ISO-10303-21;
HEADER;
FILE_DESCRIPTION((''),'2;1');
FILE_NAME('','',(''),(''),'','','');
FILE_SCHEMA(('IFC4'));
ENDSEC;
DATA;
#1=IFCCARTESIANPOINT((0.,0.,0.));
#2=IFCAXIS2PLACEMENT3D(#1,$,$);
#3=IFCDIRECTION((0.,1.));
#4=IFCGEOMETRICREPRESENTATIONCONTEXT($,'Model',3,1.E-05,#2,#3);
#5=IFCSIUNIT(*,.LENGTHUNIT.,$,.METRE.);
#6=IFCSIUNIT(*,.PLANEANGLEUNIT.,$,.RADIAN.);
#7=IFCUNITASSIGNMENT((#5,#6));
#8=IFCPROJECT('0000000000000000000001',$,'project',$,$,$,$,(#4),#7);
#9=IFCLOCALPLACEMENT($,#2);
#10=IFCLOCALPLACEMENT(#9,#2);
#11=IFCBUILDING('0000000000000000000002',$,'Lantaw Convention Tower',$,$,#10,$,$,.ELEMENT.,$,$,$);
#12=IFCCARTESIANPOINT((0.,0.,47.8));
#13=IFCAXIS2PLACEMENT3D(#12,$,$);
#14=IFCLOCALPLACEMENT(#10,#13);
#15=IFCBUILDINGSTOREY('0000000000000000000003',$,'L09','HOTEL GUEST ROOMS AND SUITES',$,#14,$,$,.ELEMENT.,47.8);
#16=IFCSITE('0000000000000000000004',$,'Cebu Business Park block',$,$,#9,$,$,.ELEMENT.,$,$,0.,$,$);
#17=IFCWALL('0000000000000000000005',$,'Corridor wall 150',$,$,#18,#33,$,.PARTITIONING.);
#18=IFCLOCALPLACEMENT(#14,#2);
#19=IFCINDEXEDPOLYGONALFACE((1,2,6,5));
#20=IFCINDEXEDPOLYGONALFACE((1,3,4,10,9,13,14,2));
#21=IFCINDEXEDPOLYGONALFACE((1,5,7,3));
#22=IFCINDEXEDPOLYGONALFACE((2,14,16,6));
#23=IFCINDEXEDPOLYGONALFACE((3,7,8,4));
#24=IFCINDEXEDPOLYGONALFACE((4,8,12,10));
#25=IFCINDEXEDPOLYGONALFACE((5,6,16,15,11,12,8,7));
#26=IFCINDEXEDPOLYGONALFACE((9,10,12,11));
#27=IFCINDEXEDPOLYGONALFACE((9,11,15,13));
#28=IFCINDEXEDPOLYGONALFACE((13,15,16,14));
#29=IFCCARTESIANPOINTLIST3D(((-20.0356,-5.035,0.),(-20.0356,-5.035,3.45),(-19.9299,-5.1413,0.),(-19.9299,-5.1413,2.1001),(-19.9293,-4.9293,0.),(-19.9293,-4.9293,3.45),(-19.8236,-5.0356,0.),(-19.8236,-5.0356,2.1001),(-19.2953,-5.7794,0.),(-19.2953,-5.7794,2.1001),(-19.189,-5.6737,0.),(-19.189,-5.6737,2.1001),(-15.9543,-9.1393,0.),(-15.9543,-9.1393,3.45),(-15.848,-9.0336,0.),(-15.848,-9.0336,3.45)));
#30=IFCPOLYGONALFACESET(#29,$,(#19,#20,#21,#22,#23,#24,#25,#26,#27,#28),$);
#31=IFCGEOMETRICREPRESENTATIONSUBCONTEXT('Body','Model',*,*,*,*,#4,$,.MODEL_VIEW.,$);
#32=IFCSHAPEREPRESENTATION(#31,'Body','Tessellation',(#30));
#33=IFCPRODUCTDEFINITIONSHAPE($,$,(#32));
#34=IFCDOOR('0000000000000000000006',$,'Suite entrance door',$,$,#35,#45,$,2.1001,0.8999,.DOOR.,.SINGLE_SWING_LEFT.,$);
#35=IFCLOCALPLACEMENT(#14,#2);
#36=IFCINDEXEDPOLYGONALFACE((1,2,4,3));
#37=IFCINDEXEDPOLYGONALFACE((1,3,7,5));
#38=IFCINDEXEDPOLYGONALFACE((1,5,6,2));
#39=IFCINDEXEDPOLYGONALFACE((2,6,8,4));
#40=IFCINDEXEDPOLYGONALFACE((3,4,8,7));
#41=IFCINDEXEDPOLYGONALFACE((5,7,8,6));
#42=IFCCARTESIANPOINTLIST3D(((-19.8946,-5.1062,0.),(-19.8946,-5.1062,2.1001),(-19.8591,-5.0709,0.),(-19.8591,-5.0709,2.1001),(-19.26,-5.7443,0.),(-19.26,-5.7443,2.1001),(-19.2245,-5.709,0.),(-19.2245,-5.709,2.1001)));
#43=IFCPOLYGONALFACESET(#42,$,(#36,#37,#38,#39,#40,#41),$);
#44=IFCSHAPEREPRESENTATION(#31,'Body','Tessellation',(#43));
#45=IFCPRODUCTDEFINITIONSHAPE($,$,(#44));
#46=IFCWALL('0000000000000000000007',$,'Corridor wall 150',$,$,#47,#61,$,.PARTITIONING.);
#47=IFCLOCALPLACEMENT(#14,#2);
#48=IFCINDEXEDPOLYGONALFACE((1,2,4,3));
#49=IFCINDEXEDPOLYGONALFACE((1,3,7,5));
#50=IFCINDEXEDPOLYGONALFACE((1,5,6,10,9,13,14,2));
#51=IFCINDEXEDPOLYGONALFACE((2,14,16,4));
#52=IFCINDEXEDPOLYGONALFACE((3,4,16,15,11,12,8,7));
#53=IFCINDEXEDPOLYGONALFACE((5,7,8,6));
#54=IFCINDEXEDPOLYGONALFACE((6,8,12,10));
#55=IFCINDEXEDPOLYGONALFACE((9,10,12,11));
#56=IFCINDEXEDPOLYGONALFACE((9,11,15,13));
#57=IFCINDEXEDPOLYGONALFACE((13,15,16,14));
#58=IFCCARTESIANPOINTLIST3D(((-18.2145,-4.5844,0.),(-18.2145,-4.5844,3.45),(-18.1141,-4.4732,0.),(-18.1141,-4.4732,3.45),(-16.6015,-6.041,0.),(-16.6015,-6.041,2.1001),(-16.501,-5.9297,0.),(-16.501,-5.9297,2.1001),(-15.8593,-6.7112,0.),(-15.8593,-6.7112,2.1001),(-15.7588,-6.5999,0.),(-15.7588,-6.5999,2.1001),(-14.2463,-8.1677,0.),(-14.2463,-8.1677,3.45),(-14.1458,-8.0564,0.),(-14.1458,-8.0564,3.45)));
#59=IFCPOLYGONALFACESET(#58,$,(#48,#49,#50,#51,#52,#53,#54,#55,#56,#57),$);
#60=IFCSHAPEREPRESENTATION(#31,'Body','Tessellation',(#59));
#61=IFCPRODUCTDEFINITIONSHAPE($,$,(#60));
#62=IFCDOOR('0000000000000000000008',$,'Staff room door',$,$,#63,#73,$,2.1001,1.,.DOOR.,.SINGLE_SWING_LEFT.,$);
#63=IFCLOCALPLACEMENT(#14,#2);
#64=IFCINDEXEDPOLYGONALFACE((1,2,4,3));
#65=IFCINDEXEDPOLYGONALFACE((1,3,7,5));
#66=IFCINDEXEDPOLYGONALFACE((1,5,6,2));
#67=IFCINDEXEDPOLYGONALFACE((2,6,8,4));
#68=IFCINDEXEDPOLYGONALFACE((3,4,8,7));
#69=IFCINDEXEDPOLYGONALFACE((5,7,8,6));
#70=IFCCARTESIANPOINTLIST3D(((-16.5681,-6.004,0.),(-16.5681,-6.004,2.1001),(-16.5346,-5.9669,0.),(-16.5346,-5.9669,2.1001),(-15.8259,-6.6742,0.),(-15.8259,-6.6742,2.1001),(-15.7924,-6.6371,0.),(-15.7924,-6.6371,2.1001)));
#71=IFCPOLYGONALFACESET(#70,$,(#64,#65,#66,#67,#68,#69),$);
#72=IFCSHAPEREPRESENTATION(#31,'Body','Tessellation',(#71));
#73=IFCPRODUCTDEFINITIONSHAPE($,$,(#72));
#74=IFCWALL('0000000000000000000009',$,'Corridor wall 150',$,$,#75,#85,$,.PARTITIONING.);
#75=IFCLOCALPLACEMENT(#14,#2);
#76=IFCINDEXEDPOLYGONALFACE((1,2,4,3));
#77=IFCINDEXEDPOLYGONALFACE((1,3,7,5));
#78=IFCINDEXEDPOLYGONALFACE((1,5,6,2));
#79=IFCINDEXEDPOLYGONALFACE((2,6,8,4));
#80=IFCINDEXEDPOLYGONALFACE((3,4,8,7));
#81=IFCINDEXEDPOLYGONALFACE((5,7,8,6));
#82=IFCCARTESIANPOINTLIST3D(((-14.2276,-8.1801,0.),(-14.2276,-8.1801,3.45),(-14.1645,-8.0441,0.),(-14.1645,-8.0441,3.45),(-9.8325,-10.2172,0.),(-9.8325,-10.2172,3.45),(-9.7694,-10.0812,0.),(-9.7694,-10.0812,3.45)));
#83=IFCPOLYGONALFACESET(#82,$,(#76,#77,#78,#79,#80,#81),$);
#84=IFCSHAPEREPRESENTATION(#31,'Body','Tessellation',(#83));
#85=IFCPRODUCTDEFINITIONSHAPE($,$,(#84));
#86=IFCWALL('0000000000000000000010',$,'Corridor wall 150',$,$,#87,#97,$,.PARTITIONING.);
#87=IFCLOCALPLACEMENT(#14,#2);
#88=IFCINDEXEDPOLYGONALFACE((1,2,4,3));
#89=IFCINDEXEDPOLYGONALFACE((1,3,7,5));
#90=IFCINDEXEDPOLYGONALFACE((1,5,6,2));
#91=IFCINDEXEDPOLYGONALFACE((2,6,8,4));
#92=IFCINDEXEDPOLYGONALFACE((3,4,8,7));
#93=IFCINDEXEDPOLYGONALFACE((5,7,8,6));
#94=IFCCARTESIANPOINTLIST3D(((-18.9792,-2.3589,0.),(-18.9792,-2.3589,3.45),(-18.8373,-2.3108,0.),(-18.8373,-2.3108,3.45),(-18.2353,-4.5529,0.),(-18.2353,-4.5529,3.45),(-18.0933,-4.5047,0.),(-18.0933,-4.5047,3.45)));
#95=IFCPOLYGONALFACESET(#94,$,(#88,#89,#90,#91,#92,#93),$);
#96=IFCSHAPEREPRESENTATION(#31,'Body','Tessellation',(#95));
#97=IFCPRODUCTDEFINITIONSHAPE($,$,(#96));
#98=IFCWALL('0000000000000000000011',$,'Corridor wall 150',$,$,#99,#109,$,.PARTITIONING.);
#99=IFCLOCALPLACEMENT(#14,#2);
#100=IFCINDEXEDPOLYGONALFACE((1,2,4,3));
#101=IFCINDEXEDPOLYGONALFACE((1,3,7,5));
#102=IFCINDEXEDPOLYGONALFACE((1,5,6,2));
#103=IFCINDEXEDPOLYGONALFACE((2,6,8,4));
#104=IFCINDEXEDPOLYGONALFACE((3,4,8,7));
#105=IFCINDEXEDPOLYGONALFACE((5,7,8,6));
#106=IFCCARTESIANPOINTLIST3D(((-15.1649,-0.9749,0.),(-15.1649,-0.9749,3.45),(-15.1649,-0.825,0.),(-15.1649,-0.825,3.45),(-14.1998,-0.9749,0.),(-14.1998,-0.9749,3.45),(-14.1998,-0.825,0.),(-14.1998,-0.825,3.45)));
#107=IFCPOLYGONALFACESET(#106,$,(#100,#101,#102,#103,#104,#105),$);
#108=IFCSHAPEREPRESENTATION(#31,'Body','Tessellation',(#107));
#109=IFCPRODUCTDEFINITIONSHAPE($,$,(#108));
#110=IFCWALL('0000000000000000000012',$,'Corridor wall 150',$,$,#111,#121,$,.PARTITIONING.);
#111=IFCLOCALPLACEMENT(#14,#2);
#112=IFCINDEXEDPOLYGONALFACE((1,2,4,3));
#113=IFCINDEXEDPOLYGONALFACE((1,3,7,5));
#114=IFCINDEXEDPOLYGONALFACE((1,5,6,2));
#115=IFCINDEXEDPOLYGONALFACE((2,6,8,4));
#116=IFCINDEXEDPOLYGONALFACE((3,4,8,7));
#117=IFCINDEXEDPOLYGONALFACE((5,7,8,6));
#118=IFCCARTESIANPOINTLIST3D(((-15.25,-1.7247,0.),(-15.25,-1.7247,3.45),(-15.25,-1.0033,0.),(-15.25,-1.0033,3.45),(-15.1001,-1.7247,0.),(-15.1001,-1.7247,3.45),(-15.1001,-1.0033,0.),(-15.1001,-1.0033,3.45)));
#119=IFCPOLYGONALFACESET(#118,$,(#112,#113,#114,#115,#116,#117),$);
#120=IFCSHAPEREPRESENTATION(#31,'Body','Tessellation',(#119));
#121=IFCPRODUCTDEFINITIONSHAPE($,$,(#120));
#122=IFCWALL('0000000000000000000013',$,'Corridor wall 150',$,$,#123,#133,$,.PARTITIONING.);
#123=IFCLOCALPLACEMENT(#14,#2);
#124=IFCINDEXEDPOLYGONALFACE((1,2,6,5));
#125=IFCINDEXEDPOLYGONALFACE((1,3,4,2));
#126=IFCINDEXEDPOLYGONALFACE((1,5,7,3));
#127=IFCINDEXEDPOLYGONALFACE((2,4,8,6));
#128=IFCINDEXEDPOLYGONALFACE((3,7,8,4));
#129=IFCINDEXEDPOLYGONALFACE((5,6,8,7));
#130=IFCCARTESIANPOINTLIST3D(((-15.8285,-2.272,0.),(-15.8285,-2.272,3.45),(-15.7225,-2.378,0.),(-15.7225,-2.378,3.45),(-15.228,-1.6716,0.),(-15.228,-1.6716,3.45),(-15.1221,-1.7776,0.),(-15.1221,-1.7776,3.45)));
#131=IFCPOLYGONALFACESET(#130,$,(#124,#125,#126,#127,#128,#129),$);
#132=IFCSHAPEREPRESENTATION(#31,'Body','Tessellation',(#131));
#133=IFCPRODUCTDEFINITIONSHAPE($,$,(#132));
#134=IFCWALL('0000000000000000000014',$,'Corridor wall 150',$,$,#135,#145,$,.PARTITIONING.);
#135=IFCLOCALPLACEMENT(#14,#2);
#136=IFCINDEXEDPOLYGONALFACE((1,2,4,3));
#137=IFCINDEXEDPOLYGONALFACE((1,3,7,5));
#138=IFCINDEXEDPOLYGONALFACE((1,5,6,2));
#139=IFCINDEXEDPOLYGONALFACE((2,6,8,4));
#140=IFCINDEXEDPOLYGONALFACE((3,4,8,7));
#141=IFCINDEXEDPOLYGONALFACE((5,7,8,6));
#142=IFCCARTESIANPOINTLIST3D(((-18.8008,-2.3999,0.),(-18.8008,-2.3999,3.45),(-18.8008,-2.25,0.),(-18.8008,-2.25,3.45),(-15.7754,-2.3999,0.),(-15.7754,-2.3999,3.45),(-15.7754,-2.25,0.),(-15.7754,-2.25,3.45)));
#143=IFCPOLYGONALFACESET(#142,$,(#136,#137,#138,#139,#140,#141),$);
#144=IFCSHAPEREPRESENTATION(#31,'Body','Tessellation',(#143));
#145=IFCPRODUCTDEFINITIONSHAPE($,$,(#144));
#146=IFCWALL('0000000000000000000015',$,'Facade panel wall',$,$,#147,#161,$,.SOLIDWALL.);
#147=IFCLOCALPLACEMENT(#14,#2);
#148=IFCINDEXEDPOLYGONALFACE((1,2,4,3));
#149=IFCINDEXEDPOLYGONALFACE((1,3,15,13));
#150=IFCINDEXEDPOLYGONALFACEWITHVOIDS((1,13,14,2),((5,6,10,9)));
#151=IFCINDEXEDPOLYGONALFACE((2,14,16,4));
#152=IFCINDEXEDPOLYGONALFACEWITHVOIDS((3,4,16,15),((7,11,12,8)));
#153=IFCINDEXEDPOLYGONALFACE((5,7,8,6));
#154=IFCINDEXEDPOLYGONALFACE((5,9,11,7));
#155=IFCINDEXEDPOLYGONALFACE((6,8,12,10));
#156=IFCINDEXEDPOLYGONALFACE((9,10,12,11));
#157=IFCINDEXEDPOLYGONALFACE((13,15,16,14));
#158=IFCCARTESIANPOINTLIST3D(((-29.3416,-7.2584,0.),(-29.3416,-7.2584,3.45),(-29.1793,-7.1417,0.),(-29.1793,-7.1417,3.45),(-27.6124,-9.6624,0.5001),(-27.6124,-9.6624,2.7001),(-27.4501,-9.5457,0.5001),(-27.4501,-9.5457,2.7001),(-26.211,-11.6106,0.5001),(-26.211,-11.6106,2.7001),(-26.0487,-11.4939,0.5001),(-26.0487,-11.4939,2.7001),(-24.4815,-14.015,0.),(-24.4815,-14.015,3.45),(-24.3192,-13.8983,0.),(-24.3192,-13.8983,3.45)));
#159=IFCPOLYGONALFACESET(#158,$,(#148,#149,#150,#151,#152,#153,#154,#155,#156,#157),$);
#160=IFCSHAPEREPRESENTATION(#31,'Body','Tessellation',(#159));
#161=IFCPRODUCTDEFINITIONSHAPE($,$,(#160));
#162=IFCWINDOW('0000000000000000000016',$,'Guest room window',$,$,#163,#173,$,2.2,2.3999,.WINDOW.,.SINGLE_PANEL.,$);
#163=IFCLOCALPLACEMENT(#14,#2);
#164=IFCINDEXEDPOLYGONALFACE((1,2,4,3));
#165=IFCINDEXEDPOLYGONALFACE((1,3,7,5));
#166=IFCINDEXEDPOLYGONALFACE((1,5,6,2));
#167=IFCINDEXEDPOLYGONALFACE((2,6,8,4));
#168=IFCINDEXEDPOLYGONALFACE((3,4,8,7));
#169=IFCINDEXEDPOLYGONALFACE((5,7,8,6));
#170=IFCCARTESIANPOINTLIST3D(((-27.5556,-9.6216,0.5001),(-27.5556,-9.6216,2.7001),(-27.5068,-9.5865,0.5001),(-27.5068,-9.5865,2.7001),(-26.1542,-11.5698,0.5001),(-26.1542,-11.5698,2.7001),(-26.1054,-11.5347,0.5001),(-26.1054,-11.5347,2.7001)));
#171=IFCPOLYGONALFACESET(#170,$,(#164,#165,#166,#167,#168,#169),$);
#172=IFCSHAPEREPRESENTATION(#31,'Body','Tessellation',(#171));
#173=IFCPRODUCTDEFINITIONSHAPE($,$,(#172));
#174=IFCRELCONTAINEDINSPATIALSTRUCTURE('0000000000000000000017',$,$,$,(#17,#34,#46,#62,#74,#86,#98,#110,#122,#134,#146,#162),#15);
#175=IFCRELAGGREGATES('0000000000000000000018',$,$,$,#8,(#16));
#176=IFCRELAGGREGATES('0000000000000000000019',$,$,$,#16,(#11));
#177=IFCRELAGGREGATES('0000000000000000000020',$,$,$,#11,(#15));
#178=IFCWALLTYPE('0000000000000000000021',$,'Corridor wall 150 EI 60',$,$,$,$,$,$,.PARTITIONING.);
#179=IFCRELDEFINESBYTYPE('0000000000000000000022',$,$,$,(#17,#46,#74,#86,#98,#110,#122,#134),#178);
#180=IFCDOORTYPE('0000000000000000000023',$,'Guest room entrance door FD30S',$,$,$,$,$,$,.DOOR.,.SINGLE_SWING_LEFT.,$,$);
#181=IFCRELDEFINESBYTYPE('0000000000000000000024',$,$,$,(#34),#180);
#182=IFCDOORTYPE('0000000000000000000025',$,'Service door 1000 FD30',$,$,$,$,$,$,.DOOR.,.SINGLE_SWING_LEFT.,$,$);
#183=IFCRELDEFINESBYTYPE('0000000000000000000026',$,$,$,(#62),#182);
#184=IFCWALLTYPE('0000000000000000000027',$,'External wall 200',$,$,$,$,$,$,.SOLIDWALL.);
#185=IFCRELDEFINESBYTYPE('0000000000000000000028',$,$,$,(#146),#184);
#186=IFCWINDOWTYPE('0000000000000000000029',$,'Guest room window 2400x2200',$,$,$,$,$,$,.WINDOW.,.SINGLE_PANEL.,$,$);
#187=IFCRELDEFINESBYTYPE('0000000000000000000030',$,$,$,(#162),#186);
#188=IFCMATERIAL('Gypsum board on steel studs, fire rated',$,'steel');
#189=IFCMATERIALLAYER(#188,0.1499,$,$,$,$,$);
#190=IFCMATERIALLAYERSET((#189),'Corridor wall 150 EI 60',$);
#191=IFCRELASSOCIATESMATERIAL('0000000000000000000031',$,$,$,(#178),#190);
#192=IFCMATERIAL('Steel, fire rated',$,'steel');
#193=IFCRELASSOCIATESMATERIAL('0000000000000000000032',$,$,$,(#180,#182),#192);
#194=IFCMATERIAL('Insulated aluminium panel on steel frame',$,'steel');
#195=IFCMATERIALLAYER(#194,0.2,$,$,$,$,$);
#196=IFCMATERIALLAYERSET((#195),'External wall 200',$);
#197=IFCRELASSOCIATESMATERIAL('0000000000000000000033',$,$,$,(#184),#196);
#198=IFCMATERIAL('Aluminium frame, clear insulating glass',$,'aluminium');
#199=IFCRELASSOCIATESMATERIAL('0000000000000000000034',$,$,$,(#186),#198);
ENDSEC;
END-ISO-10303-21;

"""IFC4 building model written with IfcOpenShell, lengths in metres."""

from ifc_helpers import new_model, si_unit, direction, frame, frame_2d, origin, place, context, subcontext, project, spatial, rectangle, extrude, material, layer, layer_set, type_object, element, fill, save


model = new_model("IFC4")

# Units and contexts
model_context = context("Model", 3, precision=1e-05, world=origin(), true_north=direction((0.0, 1.0)))
body_context = subcontext(model_context, "Body", "Model", "MODEL_VIEW")
ifc_project = project(units=[si_unit("LENGTHUNIT", "METRE"), si_unit("PLANEANGLEUNIT", "RADIAN")], contexts=[model_context])

# Site, building, storey
site_placement = place(None, origin())
site = spatial("IfcSite", under=ifc_project, at=site_placement, Name="Cebu Business Park block", CompositionType="ELEMENT", RefElevation=0.0)
building_placement = place(site_placement, origin())
building = spatial("IfcBuilding", under=site, at=building_placement, Name="Lantaw Convention Tower", CompositionType="ELEMENT")
storey_placement = place(building_placement, frame((0.0, 0.0, 47.8)))
storey = spatial("IfcBuildingStorey", under=building, at=storey_placement, Name="L09", Description="HOTEL GUEST ROOMS AND SUITES", CompositionType="ELEMENT", Elevation=47.8)

# Shared definitions
ifc_material_1 = material(Name="Gypsum board on steel studs, fire rated", Category="steel")
ifc_layer_1 = layer(ifc_material_1, 0.1499)
ifc_layer_set_1 = layer_set([ifc_layer_1], Name="Corridor wall 150 EI 60")
wall_type_1 = type_object("IfcWallType", Name="Corridor wall 150 EI 60", PredefinedType="PARTITIONING", material=ifc_layer_set_1)

# Walls, openings, doors
wall_1_placement = place(storey_placement, frame((-19.9824, -4.9822, 0.0), z_axis=(0.0, 0.0, 1.0), x_axis=(0.705122, -0.709086, 0.0)))
wall_1 = element("IfcWall", 1, at=wall_1_placement, inside=storey, type_object=wall_type_1, Name="Corridor wall 150", PredefinedType="PARTITIONING", context=body_context, shape_type="SweptSolid", body=[
    extrude(rectangle(XDim=5.7881, YDim=0.1499, at=frame_2d((2.894, 0.0))), origin(), (0.0, 0.0, 1.0), 3.45),
])
opening_1_placement = place(wall_1_placement, frame((0.1499, 0.0, 0.0)))
opening_1 = element("IfcOpeningElement", 2, at=opening_1_placement, cuts=wall_1, PredefinedType="OPENING", context=body_context, shape_type="SweptSolid", body=[
    extrude(rectangle(XDim=0.8999, YDim=2.1001, at=frame_2d((0.45, 1.05))), frame((0.0, 0.085, 0.0), z_axis=(0.0, -1.0, 0.0), x_axis=(1.0, 0.0, 0.0)), (0.0, 0.0, 1.0), 0.1699),
])
ifc_material_2 = material(Name="Steel, fire rated", Category="steel")
door_type_1 = type_object("IfcDoorType", Name="Guest room entrance door FD30S", OperationType="SINGLE_SWING_LEFT", PredefinedType="DOOR", material=ifc_material_2)
door_1_placement = place(opening_1_placement, origin())
door_1 = element("IfcDoor", 3, at=door_1_placement, inside=storey, type_object=door_type_1, Name="Suite entrance door", OperationType="SINGLE_SWING_LEFT", OverallHeight=2.1001, OverallWidth=0.8999, PredefinedType="DOOR", context=body_context, shape_type="SweptSolid", body=[
    extrude(rectangle(XDim=0.8999, YDim=2.1001, at=frame_2d((0.45, 1.05))), frame((0.0, 0.0249, 0.0), z_axis=(0.0, -1.0, 0.0), x_axis=(1.0, 0.0, 0.0)), (0.0, 0.0, 1.0), 0.05),
])
fill(opening_1, door_1)
wall_2_placement = place(storey_placement, frame((-18.1643, -4.5288, 0.0), z_axis=(0.0, 0.0, 1.0), x_axis=(0.742194, -0.670185, 0.0)))
wall_2 = element("IfcWall", 4, at=wall_2_placement, inside=storey, type_object=wall_type_1, Name="Corridor wall 150", PredefinedType="PARTITIONING", context=body_context, shape_type="SweptSolid", body=[
    extrude(rectangle(XDim=5.3467, YDim=0.1499, at=frame_2d((2.6733, 0.0))), origin(), (0.0, 0.0, 1.0), 3.45),
])
opening_2_placement = place(wall_2_placement, frame((2.1733, 0.0, 0.0)))
opening_2 = element("IfcOpeningElement", 5, at=opening_2_placement, cuts=wall_2, PredefinedType="OPENING", context=body_context, shape_type="SweptSolid", body=[
    extrude(rectangle(XDim=1.0, YDim=2.1001, at=frame_2d((0.5, 1.05))), frame((0.0, 0.085, 0.0), z_axis=(0.0, -1.0, 0.0), x_axis=(1.0, 0.0, 0.0)), (0.0, 0.0, 1.0), 0.1699),
])
door_type_2 = type_object("IfcDoorType", Name="Service door 1000 FD30", OperationType="SINGLE_SWING_LEFT", PredefinedType="DOOR", material=ifc_material_2)
door_2_placement = place(opening_2_placement, origin())
door_2 = element("IfcDoor", 6, at=door_2_placement, inside=storey, type_object=door_type_2, Name="Staff room door", OperationType="SINGLE_SWING_LEFT", OverallHeight=2.1001, OverallWidth=1.0, PredefinedType="DOOR", context=body_context, shape_type="SweptSolid", body=[
    extrude(rectangle(XDim=1.0, YDim=2.1001, at=frame_2d((0.5, 1.05))), frame((0.0, 0.0249, 0.0), z_axis=(0.0, -1.0, 0.0), x_axis=(1.0, 0.0, 0.0)), (0.0, 0.0, 1.0), 0.05),
])
fill(opening_2, door_2)

# Walls
wall_3_placement = place(storey_placement, frame((-14.196, -8.1121, 0.0), z_axis=(0.0, 0.0, 1.0), x_axis=(0.90728, -0.420528, 0.0)))
element("IfcWall", 7, at=wall_3_placement, inside=storey, type_object=wall_type_1, Name="Corridor wall 150", PredefinedType="PARTITIONING", context=body_context, shape_type="SweptSolid", body=[
    extrude(rectangle(XDim=4.8442, YDim=0.1499, at=frame_2d((2.4221, 0.0))), origin(), (0.0, 0.0, 1.0), 3.45),
])
wall_4_placement = place(storey_placement, frame((-18.9082, -2.335, 0.0), z_axis=(0.0, 0.0, 1.0), x_axis=(0.321124, -0.947037, 0.0)))
element("IfcWall", 8, at=wall_4_placement, inside=storey, type_object=wall_type_1, Name="Corridor wall 150", PredefinedType="PARTITIONING", context=body_context, shape_type="SweptSolid", body=[
    extrude(rectangle(XDim=2.3167, YDim=0.1499, at=frame_2d((1.1582, 0.0))), origin(), (0.0, 0.0, 1.0), 3.45),
])
wall_5_placement = place(storey_placement, frame((-14.2, -0.8999, 0.0), z_axis=(0.0, 0.0, 1.0), x_axis=(-1.0, 0.0, 0.0)))
element("IfcWall", 9, at=wall_5_placement, inside=storey, type_object=wall_type_1, Name="Corridor wall 150", PredefinedType="PARTITIONING", context=body_context, shape_type="SweptSolid", body=[
    extrude(rectangle(XDim=0.9651, YDim=0.1499, at=frame_2d((0.4824, 0.0))), origin(), (0.0, 0.0, 1.0), 3.45),
])
wall_6_placement = place(storey_placement, frame((-15.175, -1.0032, 0.0), z_axis=(0.0, 0.0, 1.0), x_axis=(0.0, -1.0, 0.0)))
element("IfcWall", 10, at=wall_6_placement, inside=storey, type_object=wall_type_1, Name="Corridor wall 150", PredefinedType="PARTITIONING", context=body_context, shape_type="SweptSolid", body=[
    extrude(rectangle(XDim=0.7214, YDim=0.1499, at=frame_2d((0.3608, 0.0))), origin(), (0.0, 0.0, 1.0), 3.45),
])
wall_7_placement = place(storey_placement, frame((-15.175, -1.7246, 0.0), z_axis=(0.0, 0.0, 1.0), x_axis=(-0.707107, -0.707107, 0.0)))
element("IfcWall", 11, at=wall_7_placement, inside=storey, type_object=wall_type_1, Name="Corridor wall 150", PredefinedType="PARTITIONING", context=body_context, shape_type="SweptSolid", body=[
    extrude(rectangle(XDim=0.8491, YDim=0.1499, at=frame_2d((0.4246, 0.0))), origin(), (0.0, 0.0, 1.0), 3.45),
])
wall_8_placement = place(storey_placement, frame((-15.7754, -2.325, 0.0), z_axis=(0.0, 0.0, 1.0), x_axis=(-1.0, 0.0, 0.0)))
element("IfcWall", 12, at=wall_8_placement, inside=storey, type_object=wall_type_1, Name="Corridor wall 150", PredefinedType="PARTITIONING", context=body_context, shape_type="SweptSolid", body=[
    extrude(rectangle(XDim=3.0254, YDim=0.1499, at=frame_2d((1.5127, 0.0))), origin(), (0.0, 0.0, 1.0), 3.45),
])

# Wall, opening, window
ifc_material_3 = material(Name="Insulated aluminium panel on steel frame", Category="steel")
ifc_layer_2 = layer(ifc_material_3, 0.2)
ifc_layer_set_2 = layer_set([ifc_layer_2], Name="External wall 200")
wall_type_2 = type_object("IfcWallType", Name="External wall 200", PredefinedType="SOLIDWALL", material=ifc_layer_set_2)
wall_9_placement = place(storey_placement, frame((-29.2605, -7.2, 0.0), z_axis=(0.0, 0.0, 1.0), x_axis=(0.583938, -0.811799, 0.0)))
wall_9 = element("IfcWall", 13, at=wall_9_placement, inside=storey, type_object=wall_type_2, Name="Facade panel wall", PredefinedType="SOLIDWALL", context=body_context, shape_type="SweptSolid", body=[
    extrude(rectangle(XDim=8.323, YDim=0.2, at=frame_2d((4.1616, 0.0))), origin(), (0.0, 0.0, 1.0), 3.45),
])
opening_3_placement = place(wall_9_placement, frame((2.9614, 0.0, 0.5)))
opening_3 = element("IfcOpeningElement", 14, at=opening_3_placement, cuts=wall_9, PredefinedType="OPENING", context=body_context, shape_type="SweptSolid", body=[
    extrude(rectangle(XDim=2.3999, YDim=2.2, at=frame_2d((1.2, 1.1001))), frame((0.0, 0.1099, 0.0), z_axis=(0.0, -1.0, 0.0), x_axis=(1.0, 0.0, 0.0)), (0.0, 0.0, 1.0), 0.22),
])
ifc_material_4 = material(Name="Aluminium frame, clear insulating glass", Category="aluminium")
window_type = type_object("IfcWindowType", Name="Guest room window 2400x2200", PartitioningType="SINGLE_PANEL", PredefinedType="WINDOW", material=ifc_material_4)
window_placement = place(opening_3_placement, origin())
window = element("IfcWindow", 15, at=window_placement, inside=storey, type_object=window_type, Name="Guest room window", OverallHeight=2.2, OverallWidth=2.3999, PartitioningType="SINGLE_PANEL", PredefinedType="WINDOW", context=body_context, shape_type="SweptSolid", body=[
    extrude(rectangle(XDim=2.3999, YDim=2.2, at=frame_2d((1.2, 1.1001))), frame((0.0, 0.03, 0.0), z_axis=(0.0, -1.0, 0.0), x_axis=(1.0, 0.0, 0.0)), (0.0, 0.0, 1.0), 0.0601),
])
fill(opening_3, window)

save(model, "model.ifc")
